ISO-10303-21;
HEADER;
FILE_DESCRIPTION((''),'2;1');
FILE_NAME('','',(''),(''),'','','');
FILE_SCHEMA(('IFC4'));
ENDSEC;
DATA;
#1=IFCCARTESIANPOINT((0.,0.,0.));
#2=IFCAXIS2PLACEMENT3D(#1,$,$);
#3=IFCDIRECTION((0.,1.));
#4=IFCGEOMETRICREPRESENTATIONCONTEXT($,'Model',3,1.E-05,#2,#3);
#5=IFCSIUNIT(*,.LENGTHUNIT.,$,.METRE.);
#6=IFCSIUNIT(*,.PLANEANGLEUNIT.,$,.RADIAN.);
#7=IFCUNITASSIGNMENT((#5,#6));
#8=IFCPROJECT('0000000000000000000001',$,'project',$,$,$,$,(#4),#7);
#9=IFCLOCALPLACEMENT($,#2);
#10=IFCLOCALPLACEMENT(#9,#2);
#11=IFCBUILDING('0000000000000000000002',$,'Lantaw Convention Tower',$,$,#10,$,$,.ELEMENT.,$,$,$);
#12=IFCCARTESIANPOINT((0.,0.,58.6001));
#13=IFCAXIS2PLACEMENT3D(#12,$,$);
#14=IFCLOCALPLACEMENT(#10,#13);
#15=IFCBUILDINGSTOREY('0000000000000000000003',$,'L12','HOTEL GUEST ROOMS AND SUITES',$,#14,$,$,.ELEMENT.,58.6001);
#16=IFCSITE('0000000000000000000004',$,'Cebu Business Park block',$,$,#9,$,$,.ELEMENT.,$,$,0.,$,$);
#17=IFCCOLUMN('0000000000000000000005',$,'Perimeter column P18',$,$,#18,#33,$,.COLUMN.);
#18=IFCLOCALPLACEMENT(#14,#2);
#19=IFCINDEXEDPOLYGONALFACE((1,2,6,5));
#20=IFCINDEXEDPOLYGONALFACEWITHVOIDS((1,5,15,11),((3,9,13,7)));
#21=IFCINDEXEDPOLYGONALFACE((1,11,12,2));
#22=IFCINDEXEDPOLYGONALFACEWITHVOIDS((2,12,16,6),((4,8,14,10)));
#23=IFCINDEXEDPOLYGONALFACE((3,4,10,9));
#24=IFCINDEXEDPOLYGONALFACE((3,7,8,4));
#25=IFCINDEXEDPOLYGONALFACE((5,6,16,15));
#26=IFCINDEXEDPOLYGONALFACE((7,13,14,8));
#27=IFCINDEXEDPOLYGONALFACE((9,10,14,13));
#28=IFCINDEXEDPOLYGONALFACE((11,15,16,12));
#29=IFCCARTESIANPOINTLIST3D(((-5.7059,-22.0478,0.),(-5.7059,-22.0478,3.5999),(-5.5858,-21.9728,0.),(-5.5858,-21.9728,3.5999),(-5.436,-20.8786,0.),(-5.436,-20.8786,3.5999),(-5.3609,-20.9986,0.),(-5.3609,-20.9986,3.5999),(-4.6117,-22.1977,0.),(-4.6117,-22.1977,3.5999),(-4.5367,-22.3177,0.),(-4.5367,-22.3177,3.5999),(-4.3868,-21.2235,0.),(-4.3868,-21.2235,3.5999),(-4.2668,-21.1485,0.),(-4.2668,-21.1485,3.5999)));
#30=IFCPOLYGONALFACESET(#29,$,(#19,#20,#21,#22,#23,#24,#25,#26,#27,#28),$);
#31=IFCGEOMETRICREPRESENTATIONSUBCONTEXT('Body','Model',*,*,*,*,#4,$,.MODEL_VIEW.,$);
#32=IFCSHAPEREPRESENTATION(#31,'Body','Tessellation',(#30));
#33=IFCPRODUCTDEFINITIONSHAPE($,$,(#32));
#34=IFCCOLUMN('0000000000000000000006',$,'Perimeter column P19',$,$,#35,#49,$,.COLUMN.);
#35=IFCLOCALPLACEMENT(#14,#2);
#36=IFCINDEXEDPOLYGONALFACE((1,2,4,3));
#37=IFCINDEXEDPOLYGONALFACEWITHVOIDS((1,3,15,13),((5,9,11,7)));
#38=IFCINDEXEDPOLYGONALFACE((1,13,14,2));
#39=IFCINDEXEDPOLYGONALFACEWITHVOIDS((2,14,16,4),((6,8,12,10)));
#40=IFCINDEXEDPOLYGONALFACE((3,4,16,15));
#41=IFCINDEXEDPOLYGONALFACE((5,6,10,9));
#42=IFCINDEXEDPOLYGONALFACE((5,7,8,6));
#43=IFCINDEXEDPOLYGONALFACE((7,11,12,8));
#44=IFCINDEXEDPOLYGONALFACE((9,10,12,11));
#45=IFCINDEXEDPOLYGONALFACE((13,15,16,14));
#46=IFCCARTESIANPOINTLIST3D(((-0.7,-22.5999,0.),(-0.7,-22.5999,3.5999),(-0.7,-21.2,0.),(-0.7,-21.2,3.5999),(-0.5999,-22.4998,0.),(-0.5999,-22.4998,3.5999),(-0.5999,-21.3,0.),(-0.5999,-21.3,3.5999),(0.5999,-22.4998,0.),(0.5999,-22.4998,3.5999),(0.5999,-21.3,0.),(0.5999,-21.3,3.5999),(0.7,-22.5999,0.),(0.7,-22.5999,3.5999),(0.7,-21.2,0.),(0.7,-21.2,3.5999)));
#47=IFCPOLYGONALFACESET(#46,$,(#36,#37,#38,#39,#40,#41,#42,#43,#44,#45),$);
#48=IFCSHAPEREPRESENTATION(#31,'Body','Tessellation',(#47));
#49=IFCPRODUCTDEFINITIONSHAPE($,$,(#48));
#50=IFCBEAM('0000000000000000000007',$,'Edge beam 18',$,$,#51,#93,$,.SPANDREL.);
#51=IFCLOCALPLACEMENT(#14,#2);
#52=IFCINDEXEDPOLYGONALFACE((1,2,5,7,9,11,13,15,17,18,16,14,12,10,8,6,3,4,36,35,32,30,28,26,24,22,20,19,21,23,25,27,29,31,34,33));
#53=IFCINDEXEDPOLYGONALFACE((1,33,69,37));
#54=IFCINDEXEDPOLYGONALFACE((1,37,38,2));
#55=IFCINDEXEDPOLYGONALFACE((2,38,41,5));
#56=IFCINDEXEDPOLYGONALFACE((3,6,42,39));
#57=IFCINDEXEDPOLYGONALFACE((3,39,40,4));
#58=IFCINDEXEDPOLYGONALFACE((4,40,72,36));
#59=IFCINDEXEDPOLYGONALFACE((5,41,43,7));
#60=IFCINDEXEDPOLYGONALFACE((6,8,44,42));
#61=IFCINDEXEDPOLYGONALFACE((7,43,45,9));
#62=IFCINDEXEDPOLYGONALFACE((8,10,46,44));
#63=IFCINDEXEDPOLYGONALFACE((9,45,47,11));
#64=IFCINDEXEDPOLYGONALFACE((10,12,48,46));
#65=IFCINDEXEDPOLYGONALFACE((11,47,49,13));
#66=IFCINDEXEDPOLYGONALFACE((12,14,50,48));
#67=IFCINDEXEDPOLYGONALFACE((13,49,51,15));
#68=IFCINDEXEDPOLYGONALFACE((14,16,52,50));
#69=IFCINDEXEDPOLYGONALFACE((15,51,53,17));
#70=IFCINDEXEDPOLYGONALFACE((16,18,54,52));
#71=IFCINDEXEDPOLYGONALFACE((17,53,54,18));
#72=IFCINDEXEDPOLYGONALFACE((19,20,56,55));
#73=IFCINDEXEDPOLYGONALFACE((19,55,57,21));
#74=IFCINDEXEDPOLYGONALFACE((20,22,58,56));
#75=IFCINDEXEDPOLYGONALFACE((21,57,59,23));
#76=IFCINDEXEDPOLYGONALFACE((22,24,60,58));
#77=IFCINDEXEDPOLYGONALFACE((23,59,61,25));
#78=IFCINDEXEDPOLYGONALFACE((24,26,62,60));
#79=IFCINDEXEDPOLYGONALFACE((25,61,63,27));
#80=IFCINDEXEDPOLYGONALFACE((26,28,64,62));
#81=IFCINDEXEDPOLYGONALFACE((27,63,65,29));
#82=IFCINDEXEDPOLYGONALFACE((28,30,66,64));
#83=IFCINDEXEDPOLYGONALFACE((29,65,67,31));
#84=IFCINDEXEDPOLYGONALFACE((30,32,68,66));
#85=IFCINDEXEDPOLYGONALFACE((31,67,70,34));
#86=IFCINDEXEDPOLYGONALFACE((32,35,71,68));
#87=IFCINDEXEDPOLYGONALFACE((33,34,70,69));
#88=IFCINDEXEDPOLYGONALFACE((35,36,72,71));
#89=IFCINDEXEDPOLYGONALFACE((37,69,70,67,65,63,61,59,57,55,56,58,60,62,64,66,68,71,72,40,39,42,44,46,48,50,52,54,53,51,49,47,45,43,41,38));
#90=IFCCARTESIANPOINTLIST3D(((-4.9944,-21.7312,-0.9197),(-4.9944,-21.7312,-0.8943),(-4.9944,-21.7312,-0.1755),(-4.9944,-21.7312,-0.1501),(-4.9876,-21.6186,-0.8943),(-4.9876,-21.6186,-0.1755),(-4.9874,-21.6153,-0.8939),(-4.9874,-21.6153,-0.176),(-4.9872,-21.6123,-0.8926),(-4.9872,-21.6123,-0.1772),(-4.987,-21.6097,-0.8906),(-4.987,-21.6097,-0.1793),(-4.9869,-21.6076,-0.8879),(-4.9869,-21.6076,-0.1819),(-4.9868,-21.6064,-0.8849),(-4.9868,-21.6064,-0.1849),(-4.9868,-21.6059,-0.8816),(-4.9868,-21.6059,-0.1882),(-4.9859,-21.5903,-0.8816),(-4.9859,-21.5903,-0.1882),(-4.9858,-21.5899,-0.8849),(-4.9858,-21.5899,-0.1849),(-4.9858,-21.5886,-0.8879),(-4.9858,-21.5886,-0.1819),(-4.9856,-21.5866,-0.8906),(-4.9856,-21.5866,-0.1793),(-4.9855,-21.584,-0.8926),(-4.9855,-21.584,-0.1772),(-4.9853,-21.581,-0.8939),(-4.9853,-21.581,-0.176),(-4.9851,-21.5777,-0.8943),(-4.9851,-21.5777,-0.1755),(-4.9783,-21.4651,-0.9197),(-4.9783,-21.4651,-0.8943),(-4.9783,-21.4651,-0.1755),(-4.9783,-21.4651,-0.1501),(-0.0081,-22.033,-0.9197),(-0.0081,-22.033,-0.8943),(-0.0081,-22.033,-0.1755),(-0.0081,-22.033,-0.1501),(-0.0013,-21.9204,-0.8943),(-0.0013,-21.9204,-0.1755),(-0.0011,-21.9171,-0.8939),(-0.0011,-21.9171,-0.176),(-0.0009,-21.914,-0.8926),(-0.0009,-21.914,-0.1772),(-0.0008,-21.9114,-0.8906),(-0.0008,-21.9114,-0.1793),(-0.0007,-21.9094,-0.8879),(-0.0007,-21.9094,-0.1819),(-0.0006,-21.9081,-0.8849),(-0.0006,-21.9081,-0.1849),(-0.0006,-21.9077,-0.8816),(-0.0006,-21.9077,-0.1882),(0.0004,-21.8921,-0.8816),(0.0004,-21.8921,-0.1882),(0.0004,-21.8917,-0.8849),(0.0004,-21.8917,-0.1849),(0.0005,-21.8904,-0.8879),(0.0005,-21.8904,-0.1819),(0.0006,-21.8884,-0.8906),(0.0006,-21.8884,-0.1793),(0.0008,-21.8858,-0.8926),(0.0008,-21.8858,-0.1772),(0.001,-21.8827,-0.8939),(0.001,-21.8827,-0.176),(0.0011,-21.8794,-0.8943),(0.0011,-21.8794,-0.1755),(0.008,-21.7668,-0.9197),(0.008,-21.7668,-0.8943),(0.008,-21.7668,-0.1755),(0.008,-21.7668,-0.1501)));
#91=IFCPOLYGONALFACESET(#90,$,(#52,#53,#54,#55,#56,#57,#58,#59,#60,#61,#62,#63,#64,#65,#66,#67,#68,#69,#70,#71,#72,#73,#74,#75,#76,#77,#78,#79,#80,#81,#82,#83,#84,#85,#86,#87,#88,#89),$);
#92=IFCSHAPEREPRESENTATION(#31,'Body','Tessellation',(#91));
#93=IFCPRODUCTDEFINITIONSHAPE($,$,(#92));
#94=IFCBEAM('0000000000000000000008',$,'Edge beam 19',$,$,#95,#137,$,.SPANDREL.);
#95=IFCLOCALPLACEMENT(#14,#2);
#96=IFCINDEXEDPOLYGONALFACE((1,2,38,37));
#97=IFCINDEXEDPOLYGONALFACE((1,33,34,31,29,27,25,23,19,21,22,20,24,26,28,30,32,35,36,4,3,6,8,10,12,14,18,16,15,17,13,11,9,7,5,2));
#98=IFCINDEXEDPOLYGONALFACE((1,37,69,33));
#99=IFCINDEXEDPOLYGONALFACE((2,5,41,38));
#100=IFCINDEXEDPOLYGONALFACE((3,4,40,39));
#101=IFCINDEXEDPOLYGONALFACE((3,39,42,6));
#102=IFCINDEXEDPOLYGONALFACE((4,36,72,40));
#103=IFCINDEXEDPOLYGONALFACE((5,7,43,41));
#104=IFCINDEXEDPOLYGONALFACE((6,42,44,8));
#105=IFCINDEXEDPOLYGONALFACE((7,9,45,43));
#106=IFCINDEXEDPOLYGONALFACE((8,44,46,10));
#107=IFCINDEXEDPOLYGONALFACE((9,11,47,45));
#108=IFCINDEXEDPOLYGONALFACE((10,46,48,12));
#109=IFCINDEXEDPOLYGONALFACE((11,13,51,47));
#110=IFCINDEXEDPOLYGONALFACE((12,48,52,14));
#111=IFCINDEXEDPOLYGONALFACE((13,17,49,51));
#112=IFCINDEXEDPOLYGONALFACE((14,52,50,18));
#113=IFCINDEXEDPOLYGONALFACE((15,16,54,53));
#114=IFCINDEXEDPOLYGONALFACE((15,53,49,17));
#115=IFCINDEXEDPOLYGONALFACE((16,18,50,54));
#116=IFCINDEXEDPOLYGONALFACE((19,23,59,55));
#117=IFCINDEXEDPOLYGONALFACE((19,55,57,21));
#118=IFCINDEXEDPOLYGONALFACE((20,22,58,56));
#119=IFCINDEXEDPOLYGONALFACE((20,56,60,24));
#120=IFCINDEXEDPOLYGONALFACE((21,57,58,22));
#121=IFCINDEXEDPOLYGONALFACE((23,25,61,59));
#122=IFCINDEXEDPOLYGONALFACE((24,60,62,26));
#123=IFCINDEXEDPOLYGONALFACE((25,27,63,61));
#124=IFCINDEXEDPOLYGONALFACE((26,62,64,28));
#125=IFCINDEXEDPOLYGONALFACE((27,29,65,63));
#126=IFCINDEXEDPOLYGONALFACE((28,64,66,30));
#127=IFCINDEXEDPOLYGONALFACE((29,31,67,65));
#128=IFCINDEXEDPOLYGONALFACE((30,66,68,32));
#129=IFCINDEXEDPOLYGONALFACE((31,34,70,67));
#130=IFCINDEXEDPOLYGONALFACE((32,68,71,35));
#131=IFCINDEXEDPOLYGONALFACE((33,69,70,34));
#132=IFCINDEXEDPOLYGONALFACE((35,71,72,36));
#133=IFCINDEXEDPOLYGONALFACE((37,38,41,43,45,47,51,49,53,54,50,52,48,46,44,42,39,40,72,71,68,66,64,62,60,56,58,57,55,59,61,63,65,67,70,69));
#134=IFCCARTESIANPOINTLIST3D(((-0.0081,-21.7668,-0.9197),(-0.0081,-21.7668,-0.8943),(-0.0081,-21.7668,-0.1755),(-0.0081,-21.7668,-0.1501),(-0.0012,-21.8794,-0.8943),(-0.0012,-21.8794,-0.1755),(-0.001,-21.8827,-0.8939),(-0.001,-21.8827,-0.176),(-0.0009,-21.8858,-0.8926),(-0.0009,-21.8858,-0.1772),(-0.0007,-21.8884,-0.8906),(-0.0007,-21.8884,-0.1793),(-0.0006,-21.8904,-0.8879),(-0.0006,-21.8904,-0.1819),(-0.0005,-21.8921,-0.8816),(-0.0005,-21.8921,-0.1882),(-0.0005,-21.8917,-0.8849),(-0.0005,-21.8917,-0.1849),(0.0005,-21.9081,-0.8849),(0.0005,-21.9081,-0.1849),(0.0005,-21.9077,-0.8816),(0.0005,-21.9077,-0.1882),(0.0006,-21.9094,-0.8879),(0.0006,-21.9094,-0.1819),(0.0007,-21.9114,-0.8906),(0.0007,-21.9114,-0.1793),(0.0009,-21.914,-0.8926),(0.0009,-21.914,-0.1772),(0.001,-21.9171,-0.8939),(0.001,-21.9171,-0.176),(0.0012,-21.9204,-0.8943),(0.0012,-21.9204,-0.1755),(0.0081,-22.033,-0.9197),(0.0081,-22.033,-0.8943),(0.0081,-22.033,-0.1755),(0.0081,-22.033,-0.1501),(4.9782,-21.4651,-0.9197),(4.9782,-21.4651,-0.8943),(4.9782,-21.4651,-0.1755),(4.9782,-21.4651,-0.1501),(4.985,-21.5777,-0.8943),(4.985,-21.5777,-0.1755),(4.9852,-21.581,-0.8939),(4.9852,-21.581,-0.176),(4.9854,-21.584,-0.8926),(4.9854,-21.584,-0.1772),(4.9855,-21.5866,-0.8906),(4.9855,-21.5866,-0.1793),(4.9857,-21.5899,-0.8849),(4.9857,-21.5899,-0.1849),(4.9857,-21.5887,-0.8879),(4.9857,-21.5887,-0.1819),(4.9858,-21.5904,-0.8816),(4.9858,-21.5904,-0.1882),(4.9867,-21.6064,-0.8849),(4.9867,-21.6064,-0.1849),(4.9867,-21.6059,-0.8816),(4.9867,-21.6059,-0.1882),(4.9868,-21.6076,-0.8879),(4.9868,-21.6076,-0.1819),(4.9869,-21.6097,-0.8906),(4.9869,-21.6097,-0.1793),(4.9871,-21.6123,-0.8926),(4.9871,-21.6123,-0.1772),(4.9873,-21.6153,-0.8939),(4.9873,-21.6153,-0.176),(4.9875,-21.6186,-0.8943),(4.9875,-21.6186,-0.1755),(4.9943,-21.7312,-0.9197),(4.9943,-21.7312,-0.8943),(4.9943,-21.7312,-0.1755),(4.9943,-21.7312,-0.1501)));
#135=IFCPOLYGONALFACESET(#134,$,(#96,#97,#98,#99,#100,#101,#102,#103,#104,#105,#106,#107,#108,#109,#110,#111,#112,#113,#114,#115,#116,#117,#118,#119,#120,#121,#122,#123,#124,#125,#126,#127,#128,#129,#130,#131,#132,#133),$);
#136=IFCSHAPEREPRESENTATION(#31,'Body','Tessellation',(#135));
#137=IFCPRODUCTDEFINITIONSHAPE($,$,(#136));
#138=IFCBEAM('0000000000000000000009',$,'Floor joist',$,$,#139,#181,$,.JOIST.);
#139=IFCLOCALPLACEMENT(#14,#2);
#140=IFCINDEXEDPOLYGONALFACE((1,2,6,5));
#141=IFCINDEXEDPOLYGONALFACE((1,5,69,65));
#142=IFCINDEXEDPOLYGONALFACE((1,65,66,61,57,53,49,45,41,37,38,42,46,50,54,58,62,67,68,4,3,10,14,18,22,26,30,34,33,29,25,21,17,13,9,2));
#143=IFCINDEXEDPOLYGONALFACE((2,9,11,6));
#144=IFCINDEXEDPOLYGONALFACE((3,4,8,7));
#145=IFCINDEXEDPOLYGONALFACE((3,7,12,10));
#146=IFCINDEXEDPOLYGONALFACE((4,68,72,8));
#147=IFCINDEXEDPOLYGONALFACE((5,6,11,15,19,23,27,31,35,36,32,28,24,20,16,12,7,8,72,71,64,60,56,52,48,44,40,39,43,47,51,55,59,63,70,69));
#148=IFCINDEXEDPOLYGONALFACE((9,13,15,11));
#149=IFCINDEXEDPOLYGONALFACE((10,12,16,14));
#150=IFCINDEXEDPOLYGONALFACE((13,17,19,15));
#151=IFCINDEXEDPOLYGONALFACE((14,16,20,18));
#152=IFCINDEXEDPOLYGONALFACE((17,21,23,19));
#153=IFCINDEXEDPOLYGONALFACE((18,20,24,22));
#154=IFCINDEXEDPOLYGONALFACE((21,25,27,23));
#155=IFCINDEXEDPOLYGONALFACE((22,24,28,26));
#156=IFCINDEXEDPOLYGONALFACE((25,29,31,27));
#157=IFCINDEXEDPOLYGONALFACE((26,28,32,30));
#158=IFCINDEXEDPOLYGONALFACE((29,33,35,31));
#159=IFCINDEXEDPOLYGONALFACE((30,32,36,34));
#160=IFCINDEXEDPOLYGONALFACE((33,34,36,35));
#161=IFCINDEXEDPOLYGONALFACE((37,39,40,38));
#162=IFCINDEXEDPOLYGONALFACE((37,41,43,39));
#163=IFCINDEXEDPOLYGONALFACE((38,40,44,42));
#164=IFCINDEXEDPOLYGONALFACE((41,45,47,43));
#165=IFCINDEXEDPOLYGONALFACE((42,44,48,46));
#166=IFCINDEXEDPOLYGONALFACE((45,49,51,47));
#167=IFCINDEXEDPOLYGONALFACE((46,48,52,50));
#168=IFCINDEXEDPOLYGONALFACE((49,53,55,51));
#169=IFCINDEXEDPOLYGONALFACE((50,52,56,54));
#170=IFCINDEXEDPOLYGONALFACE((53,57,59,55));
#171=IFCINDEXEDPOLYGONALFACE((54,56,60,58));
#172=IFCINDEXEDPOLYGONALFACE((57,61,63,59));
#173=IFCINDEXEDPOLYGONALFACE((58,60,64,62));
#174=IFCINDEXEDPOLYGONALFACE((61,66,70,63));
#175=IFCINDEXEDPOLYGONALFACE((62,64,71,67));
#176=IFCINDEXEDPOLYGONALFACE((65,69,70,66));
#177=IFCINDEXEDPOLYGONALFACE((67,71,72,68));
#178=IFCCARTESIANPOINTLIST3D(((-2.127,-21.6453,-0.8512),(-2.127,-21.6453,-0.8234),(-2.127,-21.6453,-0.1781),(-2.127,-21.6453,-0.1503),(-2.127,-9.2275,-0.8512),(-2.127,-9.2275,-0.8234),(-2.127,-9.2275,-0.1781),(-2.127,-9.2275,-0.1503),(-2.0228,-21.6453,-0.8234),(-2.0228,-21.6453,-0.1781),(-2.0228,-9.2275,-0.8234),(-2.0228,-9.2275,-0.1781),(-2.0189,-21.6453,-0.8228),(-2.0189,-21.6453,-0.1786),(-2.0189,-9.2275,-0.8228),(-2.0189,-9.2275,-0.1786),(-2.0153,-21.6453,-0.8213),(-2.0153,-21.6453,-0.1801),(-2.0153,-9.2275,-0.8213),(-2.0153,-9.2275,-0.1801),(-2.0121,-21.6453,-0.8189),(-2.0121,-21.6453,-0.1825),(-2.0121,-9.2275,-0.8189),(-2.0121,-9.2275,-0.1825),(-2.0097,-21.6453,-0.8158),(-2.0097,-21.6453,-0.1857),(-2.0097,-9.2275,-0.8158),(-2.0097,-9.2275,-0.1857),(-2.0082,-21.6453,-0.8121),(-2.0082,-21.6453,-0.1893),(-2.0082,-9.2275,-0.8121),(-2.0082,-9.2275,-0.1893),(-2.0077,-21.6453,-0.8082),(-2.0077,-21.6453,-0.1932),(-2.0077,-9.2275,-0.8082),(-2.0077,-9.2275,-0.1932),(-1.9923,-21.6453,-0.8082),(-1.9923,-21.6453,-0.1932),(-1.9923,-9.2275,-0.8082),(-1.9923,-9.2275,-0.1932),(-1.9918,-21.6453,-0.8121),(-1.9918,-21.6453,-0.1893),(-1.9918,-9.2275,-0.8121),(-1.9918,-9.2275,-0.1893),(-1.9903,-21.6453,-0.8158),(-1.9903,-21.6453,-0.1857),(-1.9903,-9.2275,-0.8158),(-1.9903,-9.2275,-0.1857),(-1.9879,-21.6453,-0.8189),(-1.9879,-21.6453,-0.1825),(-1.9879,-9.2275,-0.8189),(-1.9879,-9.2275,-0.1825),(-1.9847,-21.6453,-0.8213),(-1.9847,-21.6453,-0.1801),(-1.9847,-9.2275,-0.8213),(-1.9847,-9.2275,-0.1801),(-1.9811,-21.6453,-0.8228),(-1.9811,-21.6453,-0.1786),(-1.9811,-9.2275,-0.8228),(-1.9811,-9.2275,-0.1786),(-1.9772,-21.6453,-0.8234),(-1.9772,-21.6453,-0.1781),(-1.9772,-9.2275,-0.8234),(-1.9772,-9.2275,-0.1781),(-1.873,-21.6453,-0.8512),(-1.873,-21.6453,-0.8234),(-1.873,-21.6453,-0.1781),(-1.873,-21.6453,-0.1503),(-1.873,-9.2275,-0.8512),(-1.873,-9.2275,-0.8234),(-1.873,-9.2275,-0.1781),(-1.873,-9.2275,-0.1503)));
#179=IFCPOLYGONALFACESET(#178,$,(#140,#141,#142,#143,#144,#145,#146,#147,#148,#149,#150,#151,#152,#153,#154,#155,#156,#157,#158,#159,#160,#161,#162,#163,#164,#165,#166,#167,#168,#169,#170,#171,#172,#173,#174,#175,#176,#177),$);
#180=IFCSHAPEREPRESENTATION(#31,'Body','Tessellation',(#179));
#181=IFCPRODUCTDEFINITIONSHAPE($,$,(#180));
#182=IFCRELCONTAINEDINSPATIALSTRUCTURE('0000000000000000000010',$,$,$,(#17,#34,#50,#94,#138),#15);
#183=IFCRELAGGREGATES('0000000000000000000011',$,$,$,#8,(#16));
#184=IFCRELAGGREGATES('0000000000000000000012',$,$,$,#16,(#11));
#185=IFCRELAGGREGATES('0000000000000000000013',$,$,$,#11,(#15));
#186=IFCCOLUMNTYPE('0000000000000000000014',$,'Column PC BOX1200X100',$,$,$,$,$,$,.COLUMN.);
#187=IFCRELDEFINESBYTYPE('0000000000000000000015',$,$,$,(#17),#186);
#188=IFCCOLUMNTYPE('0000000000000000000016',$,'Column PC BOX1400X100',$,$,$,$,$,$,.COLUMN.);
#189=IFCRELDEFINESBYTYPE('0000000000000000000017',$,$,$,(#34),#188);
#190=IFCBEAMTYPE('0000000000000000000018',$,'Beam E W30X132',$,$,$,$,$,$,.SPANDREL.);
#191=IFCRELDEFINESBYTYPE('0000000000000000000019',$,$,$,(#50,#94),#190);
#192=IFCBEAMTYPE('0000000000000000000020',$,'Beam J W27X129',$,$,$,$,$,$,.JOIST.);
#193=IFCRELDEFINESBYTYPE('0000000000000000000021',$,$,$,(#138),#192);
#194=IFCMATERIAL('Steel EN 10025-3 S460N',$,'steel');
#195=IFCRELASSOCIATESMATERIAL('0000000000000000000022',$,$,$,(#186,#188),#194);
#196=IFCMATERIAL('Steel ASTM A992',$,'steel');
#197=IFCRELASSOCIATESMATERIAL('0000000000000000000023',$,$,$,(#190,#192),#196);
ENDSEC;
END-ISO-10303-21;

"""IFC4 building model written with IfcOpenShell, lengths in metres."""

from ifc_helpers import new_model, si_unit, direction, frame, origin, origin_2d, place, context, subcontext, project, spatial, rectangle, hollow_rectangle, i_section, extrude, material, material_profile, profile_set, type_object, element, save


model = new_model("IFC4")

# Units and contexts
model_context = context("Model", 3, precision=1e-05, world=origin(), true_north=direction((0.0, 1.0)))
body_context = subcontext(model_context, "Body", "Model", "MODEL_VIEW")
ifc_project = project(units=[si_unit("LENGTHUNIT", "METRE"), si_unit("PLANEANGLEUNIT", "RADIAN")], contexts=[model_context])

# Site, building, storey
site_placement = place(None, origin())
site = spatial("IfcSite", under=ifc_project, at=site_placement, Name="Cebu Business Park block", CompositionType="ELEMENT", RefElevation=0.0)
building_placement = place(site_placement, origin())
building = spatial("IfcBuilding", under=site, at=building_placement, Name="Lantaw Convention Tower", CompositionType="ELEMENT")
storey_placement = place(building_placement, frame((0.0, 0.0, 58.6001)))
storey = spatial("IfcBuildingStorey", under=building, at=storey_placement, Name="L12", Description="HOTEL GUEST ROOMS AND SUITES", CompositionType="ELEMENT", Elevation=58.6001)

# Columns
ifc_material_1 = material(Name="Steel EN 10025-3 S460N", Category="steel")
ifc_material_profile_1 = material_profile(ifc_material_1, hollow_rectangle(XDim=1.2, YDim=1.2, WallThickness=0.1001, at=origin_2d()), Name="BOX1200X100")
ifc_material_2 = material(Name="Concrete C60/75", Category="concrete")
ifc_material_profile_2 = material_profile(ifc_material_2, rectangle(XDim=1.0, YDim=1.0, at=origin_2d()), Name="Concrete fill of BOX1200X100")
ifc_profile_set_1 = profile_set([ifc_material_profile_1, ifc_material_profile_2], Name="Steel EN 10025-3 S460N")
column_type_1 = type_object("IfcColumnType", Name="Column PC BOX1200X100", PredefinedType="COLUMN", material=ifc_profile_set_1)
column_1_placement = place(storey_placement, frame((-4.9863, -21.5981, 0.0), z_axis=(0.0, 0.0, 1.0), x_axis=(0.224951, 0.97437, 0.0)))
element("IfcColumn", 1, at=column_1_placement, inside=storey, type_object=column_type_1, Name="Perimeter column P18", PredefinedType="COLUMN", context=body_context, shape_type="SweptSolid", body=[
    extrude(hollow_rectangle(XDim=1.2, YDim=1.2, WallThickness=0.1001, at=origin_2d()), origin(), (0.0, 0.0, 1.0), 3.5999),
])
ifc_material_profile_3 = material_profile(ifc_material_1, hollow_rectangle(XDim=1.3999, YDim=1.3999, WallThickness=0.1001, at=origin_2d()), Name="BOX1400X100")
ifc_material_profile_4 = material_profile(ifc_material_2, rectangle(XDim=1.2, YDim=1.2, at=origin_2d()), Name="Concrete fill of BOX1400X100")
ifc_profile_set_2 = profile_set([ifc_material_profile_3, ifc_material_profile_4], Name="Steel EN 10025-3 S460N")
column_type_2 = type_object("IfcColumnType", Name="Column PC BOX1400X100", PredefinedType="COLUMN", material=ifc_profile_set_2)
column_2_placement = place(storey_placement, frame((0.0, -21.8999, 0.0), z_axis=(0.0, 0.0, 1.0), x_axis=(1.0, 0.0, 0.0)))
element("IfcColumn", 2, at=column_2_placement, inside=storey, type_object=column_type_2, Name="Perimeter column P19", PredefinedType="COLUMN", context=body_context, shape_type="SweptSolid", body=[
    extrude(hollow_rectangle(XDim=1.3999, YDim=1.3999, WallThickness=0.1001, at=origin_2d()), origin(), (0.0, 0.0, 1.0), 3.5999),
])

# Beams
ifc_material_3 = material(Name="Steel ASTM A992", Category="steel")
ifc_material_profile_5 = material_profile(ifc_material_3, i_section(OverallWidth=0.2666, OverallDepth=0.7695, WebThickness=0.0156, FlangeThickness=0.0254, FilletRadius=0.0127, at=origin_2d()), Name="W30X132")
ifc_profile_set_3 = profile_set([ifc_material_profile_5], Name="Steel ASTM A992")
beam_type_1 = type_object("IfcBeamType", Name="Beam E W30X132", PredefinedType="SPANDREL", material=ifc_profile_set_3)
for number, where, z_axis, x_axis, name in (
    (3, (-4.9863, -21.5981, -0.5349), (0.998174, -0.060407, 0.0), (0.060407, 0.998174, 0.0), "Edge beam 18"),
    (4, (0.0, -21.8999, -0.5349), (0.998174, 0.060407, 0.0), (-0.060407, 0.998174, 0.0), "Edge beam 19"),
):
    element("IfcBeam", number, at=place(storey_placement, frame(where, z_axis=z_axis, x_axis=x_axis)), inside=storey, type_object=beam_type_1, Name=name, PredefinedType="SPANDREL", context=body_context, shape_type="SweptSolid", body=[
        extrude(i_section(OverallWidth=0.2666, OverallDepth=0.7695, WebThickness=0.0156, FlangeThickness=0.0254, FilletRadius=0.0127, at=origin_2d()), origin(), (0.0, 0.0, 1.0), 4.9954),
    ])
ifc_material_profile_6 = material_profile(ifc_material_3, i_section(OverallWidth=0.2539, OverallDepth=0.7009, WebThickness=0.0154, FlangeThickness=0.0278, FilletRadius=0.0151, at=origin_2d()), Name="W27X129")
ifc_profile_set_4 = profile_set([ifc_material_profile_6], Name="Steel ASTM A992")
beam_type_2 = type_object("IfcBeamType", Name="Beam J W27X129", PredefinedType="JOIST", material=ifc_profile_set_4)
beam_placement = place(storey_placement, frame((-2.0, -21.6453, -0.5007), z_axis=(0.0, 1.0, 0.0), x_axis=(-1.0, 0.0, 0.0)))
element("IfcBeam", 5, at=beam_placement, inside=storey, type_object=beam_type_2, Name="Floor joist", PredefinedType="JOIST", context=body_context, shape_type="SweptSolid", body=[
    extrude(i_section(OverallWidth=0.2539, OverallDepth=0.7009, WebThickness=0.0154, FlangeThickness=0.0278, FilletRadius=0.0151, at=origin_2d()), origin(), (0.0, 0.0, 1.0), 12.4177),
])

save(model, "model.ifc")
